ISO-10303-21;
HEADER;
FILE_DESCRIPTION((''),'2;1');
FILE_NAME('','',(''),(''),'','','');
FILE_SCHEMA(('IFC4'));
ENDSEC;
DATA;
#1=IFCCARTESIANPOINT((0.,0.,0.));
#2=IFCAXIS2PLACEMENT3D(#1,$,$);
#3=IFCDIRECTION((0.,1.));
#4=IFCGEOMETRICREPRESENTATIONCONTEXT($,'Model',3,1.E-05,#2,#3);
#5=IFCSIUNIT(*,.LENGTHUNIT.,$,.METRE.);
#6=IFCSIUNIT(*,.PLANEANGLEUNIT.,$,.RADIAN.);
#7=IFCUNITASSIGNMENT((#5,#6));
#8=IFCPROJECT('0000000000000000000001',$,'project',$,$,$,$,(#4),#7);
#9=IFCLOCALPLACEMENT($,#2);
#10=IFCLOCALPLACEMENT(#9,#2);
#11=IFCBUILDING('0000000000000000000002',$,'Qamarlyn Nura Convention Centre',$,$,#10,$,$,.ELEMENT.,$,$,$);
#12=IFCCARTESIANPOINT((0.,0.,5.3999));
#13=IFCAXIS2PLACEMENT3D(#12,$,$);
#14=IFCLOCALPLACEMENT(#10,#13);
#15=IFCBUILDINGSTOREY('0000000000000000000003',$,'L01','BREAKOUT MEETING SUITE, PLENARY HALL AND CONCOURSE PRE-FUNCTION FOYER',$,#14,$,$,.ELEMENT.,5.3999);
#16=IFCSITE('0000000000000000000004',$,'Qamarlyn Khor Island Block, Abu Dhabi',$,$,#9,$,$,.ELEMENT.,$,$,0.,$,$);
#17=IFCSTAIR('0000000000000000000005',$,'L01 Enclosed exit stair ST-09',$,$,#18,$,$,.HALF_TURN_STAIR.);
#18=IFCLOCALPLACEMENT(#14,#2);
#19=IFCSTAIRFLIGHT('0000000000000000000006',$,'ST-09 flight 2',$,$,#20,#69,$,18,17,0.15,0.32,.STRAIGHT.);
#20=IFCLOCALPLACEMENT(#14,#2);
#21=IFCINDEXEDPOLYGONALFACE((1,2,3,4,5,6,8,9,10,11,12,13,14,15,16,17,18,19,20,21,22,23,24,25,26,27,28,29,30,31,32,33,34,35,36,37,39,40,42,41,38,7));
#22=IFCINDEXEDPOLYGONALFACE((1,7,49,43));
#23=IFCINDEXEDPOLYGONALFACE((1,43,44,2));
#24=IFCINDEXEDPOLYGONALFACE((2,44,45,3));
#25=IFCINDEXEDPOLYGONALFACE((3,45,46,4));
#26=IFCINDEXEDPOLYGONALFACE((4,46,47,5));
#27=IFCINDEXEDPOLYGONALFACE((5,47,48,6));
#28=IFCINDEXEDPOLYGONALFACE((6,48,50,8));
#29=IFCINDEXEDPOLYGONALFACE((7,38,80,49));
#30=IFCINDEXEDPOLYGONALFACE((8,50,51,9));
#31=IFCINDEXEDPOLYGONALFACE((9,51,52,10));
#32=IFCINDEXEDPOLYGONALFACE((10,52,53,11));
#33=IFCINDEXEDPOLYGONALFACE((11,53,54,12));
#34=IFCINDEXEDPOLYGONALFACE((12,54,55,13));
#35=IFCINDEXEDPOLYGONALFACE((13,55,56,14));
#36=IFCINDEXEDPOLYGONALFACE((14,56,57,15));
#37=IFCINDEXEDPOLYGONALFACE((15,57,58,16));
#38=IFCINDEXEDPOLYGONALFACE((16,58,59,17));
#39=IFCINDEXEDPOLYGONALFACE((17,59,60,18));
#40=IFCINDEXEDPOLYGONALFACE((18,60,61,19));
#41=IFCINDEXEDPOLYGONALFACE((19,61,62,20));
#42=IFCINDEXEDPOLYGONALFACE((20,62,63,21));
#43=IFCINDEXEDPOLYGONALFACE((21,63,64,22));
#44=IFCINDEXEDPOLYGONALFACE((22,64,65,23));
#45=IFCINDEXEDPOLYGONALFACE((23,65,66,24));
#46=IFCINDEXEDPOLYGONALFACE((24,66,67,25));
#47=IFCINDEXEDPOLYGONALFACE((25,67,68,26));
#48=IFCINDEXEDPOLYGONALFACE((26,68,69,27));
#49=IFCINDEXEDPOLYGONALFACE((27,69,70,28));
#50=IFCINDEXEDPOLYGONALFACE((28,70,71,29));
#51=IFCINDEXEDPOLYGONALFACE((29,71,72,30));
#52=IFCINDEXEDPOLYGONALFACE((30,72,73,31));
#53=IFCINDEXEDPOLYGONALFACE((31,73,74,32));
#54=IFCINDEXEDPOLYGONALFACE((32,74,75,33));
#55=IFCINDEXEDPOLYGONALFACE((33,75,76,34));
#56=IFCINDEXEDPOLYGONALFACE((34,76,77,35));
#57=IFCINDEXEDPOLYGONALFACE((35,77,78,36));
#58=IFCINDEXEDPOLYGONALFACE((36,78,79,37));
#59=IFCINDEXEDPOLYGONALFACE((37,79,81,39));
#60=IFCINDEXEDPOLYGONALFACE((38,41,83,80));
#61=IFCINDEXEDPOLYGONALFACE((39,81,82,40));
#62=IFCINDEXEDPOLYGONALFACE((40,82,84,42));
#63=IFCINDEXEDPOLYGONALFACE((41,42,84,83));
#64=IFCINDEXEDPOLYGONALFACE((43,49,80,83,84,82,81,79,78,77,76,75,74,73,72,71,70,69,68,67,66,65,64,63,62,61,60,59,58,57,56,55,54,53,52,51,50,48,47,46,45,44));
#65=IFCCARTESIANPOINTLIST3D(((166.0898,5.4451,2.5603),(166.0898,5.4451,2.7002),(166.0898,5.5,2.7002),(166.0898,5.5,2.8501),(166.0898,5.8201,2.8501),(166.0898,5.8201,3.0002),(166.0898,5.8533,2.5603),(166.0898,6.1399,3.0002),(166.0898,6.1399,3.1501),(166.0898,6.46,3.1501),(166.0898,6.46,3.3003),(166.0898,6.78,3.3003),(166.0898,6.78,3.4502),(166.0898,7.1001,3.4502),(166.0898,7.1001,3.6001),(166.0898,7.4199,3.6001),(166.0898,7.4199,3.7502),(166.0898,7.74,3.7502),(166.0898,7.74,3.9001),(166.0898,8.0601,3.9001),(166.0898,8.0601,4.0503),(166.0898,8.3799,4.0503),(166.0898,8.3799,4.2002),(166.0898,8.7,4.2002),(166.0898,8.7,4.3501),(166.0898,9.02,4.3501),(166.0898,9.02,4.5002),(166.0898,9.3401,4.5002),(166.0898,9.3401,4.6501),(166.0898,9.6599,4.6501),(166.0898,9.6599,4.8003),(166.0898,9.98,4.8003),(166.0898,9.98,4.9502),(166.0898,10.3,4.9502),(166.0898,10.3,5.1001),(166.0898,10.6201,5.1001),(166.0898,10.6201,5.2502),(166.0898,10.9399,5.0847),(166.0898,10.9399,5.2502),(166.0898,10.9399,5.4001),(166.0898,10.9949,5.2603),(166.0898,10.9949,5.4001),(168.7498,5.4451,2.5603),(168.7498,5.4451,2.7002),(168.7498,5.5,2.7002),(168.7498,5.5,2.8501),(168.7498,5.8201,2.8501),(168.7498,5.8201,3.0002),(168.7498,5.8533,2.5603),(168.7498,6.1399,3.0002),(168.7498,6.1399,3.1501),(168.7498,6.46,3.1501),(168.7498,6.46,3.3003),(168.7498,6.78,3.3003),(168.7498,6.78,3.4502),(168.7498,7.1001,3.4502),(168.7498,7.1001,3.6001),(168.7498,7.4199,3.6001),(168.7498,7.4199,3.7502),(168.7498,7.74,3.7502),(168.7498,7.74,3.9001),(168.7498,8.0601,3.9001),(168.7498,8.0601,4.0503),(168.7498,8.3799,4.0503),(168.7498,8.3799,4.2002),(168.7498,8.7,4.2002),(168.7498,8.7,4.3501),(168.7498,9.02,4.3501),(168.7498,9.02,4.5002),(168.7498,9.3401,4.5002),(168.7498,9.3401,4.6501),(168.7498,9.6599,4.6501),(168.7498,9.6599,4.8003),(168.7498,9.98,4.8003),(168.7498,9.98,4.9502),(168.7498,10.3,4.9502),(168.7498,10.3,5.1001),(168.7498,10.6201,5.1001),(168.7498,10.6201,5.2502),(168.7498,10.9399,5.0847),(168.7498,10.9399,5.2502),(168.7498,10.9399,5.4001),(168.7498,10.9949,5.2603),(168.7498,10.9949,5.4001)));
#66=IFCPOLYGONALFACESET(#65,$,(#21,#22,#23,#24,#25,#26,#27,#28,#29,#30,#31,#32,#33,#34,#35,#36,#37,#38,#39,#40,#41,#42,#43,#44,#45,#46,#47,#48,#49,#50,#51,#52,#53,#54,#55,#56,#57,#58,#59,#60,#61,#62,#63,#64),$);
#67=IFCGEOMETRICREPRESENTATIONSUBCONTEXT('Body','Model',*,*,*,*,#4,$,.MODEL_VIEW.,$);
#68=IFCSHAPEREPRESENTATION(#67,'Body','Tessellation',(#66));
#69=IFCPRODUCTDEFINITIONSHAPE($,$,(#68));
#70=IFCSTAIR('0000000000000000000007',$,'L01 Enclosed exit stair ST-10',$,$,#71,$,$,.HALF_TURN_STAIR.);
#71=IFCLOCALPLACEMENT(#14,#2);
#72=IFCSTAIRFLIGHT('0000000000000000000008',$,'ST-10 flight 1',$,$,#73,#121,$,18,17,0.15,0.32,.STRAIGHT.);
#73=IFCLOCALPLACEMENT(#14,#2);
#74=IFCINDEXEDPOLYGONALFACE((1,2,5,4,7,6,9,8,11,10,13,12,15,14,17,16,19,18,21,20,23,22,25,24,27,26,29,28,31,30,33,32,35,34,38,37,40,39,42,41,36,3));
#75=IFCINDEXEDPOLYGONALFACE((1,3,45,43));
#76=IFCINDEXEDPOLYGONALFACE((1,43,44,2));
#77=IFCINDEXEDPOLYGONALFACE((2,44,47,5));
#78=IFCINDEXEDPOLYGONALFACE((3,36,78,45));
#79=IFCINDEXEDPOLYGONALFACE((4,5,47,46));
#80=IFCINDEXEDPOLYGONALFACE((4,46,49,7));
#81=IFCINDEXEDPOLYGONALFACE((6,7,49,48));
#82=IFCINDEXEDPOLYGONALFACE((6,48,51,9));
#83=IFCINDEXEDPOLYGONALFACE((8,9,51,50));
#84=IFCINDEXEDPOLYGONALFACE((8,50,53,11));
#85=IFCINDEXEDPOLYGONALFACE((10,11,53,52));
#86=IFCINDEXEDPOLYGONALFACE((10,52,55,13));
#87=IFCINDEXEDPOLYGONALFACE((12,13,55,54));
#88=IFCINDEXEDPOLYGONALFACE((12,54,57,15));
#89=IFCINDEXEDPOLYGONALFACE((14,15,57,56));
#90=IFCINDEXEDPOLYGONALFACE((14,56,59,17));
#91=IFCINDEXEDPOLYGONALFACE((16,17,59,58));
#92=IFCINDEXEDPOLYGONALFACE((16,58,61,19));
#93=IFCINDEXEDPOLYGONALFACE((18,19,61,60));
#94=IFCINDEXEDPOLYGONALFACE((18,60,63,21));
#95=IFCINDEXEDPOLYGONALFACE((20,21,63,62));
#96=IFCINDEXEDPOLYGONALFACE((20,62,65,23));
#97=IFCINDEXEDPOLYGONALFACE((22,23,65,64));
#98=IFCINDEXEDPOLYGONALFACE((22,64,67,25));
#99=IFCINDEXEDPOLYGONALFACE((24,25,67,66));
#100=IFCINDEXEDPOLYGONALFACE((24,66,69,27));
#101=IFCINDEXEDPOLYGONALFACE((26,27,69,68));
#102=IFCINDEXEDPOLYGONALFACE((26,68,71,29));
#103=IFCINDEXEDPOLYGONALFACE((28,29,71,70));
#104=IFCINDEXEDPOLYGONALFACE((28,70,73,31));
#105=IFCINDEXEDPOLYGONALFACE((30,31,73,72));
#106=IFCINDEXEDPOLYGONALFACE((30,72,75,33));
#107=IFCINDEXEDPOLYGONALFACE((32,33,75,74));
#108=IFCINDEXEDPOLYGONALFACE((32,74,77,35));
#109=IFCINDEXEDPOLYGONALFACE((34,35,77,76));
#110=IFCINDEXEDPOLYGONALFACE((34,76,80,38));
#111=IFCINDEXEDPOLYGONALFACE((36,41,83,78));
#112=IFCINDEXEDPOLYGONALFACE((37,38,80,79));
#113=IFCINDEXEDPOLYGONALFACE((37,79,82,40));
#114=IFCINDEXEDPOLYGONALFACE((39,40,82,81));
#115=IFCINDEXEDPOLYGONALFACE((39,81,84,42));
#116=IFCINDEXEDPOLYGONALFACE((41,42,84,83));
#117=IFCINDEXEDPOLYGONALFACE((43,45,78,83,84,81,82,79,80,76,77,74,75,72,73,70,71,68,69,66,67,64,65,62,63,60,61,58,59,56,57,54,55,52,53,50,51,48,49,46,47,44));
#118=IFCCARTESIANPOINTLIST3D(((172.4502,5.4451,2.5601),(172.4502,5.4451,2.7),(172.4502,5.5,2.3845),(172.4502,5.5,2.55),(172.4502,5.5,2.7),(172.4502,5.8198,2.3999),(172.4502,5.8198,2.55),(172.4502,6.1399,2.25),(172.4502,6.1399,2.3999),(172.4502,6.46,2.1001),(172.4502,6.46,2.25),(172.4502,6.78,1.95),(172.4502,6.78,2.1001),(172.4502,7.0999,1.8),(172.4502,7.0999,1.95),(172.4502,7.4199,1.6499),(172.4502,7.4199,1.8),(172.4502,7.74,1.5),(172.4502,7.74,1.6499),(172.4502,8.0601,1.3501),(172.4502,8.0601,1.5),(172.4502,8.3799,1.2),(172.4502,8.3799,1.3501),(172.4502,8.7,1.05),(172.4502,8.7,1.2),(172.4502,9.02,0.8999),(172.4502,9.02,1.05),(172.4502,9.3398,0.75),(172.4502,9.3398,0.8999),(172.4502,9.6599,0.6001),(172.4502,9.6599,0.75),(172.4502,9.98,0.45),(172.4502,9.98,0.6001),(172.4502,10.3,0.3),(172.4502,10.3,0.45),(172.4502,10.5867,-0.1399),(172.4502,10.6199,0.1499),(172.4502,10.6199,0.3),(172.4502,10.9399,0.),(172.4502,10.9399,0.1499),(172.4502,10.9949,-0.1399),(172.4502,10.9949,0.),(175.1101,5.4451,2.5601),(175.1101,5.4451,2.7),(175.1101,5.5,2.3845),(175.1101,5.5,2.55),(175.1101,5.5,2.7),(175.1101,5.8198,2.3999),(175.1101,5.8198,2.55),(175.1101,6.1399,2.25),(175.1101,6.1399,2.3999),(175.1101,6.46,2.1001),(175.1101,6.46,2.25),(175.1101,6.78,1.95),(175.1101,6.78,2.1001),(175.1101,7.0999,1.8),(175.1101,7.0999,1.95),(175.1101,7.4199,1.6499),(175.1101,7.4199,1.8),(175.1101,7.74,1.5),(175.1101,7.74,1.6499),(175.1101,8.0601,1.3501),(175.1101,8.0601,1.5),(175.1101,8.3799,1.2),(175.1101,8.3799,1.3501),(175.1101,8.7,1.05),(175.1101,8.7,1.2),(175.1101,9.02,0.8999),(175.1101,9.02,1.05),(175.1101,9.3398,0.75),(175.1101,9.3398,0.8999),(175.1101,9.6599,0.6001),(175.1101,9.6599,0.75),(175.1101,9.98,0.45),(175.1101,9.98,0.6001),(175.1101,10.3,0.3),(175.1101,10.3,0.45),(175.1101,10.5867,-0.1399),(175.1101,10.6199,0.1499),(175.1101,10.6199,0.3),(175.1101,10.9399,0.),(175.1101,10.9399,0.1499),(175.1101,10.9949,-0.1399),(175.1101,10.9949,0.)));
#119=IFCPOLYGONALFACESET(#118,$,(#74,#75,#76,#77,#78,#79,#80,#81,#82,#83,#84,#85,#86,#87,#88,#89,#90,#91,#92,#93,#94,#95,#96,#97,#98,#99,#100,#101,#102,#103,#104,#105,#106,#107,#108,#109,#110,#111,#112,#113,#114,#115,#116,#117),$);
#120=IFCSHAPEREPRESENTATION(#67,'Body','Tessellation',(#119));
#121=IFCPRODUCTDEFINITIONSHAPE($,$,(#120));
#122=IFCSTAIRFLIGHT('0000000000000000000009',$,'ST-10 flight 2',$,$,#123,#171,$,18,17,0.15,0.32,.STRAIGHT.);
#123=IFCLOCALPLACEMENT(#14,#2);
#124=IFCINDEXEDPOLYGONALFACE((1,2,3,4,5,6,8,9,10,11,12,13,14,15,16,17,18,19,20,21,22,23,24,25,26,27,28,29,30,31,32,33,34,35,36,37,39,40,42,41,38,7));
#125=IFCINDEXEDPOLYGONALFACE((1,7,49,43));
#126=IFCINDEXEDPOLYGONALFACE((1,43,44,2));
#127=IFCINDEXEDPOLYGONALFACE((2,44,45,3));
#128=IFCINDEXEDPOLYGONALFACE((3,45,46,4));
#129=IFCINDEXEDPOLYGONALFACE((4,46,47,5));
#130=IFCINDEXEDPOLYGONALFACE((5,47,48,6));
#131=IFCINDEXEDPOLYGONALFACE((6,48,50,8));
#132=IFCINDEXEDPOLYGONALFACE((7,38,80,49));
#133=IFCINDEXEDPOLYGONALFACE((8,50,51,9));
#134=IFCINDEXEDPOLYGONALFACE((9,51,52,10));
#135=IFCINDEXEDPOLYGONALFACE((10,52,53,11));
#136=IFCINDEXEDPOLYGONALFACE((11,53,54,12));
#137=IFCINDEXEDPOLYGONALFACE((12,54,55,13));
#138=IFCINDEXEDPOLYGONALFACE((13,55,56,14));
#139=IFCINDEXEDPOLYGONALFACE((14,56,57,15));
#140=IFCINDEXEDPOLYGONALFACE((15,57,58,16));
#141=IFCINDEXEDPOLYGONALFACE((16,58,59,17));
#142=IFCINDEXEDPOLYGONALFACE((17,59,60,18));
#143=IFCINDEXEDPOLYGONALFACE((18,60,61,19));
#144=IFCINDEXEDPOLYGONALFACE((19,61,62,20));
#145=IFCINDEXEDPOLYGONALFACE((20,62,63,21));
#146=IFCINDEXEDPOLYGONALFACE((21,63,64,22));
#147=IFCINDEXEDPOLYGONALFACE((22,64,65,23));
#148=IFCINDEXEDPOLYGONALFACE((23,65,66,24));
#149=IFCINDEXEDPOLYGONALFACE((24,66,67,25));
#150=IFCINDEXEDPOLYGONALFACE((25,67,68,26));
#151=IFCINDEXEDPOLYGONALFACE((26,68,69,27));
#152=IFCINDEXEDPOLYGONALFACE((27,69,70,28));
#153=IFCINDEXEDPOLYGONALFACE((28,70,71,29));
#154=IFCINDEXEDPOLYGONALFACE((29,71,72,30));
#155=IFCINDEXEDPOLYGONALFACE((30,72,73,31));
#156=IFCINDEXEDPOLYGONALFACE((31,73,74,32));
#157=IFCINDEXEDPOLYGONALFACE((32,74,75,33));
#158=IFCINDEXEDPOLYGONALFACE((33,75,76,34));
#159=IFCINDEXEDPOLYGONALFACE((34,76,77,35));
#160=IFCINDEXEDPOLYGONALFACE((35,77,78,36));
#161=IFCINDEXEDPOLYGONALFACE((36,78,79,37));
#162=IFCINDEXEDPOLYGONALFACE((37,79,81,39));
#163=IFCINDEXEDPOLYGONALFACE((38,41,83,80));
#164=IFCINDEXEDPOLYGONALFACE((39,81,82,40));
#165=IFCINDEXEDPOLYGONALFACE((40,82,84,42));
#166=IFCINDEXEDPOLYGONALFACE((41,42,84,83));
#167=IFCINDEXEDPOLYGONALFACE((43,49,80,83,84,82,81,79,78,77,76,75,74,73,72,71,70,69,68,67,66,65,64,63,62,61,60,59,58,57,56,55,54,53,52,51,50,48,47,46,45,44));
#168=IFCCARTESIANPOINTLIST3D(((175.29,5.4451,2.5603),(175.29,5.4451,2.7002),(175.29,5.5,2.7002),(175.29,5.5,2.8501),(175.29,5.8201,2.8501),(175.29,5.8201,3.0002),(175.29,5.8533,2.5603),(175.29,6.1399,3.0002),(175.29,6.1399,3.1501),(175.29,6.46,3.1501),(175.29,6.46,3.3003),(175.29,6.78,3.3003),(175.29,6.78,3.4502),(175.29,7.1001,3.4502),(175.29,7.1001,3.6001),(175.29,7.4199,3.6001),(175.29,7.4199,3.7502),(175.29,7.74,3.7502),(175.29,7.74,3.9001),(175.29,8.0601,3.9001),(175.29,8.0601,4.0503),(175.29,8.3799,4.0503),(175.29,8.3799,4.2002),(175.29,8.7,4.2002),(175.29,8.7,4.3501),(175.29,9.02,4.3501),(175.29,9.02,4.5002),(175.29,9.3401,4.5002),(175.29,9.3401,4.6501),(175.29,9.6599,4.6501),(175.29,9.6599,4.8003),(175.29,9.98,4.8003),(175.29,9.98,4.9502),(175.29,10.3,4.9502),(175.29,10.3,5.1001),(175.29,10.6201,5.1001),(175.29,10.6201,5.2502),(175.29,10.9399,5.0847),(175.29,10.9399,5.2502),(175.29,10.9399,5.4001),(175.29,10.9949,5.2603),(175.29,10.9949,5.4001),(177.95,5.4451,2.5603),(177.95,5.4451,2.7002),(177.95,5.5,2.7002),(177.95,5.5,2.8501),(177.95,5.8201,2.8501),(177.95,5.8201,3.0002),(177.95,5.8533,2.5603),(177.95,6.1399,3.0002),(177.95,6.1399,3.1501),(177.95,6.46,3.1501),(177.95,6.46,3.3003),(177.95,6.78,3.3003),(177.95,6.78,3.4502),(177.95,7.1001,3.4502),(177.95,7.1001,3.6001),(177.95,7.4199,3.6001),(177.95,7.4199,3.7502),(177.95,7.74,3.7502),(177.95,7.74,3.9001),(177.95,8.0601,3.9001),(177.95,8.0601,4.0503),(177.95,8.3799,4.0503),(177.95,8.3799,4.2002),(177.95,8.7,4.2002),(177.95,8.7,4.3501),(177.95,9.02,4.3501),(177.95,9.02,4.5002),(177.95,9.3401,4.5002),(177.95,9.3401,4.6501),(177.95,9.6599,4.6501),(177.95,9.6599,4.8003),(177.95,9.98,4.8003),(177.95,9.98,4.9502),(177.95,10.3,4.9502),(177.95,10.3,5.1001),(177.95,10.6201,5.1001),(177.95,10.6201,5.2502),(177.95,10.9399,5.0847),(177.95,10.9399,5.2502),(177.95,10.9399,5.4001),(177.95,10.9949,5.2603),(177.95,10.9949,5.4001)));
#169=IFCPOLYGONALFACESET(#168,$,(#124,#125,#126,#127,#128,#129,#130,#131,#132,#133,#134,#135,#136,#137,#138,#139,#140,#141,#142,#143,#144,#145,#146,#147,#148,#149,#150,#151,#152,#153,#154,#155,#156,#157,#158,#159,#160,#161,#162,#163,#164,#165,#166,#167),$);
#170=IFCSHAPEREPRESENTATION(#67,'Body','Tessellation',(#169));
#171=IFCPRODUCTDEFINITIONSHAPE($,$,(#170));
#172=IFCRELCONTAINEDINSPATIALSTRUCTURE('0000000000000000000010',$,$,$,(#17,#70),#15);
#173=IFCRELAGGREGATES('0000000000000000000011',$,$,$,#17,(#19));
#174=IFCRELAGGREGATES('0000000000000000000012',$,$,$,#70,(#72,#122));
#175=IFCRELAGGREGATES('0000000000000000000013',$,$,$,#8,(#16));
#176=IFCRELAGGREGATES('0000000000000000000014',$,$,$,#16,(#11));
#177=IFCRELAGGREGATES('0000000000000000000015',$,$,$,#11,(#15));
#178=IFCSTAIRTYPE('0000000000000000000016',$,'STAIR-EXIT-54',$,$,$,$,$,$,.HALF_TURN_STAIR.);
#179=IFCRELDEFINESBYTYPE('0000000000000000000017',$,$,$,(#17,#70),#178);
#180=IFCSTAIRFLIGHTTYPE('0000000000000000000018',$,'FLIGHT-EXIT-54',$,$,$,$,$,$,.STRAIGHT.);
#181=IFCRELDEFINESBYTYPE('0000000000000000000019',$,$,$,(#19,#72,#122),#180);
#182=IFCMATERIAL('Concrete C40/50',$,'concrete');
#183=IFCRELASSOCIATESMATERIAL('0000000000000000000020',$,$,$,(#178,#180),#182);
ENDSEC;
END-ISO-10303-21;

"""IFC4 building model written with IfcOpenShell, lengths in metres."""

from ifc_helpers import new_model, si_unit, direction, frame, origin, place, context, subcontext, project, spatial, polyline, outline, extrude, material, type_object, element, aggregate, save


model = new_model("IFC4")

# Units and contexts
model_context = context("Model", 3, precision=1e-05, world=origin(), true_north=direction((0.0, 1.0)))
body_context = subcontext(model_context, "Body", "Model", "MODEL_VIEW")
ifc_project = project(units=[si_unit("LENGTHUNIT", "METRE"), si_unit("PLANEANGLEUNIT", "RADIAN")], contexts=[model_context])

# Site, building, storey
site_placement = place(None, origin())
site = spatial("IfcSite", under=ifc_project, at=site_placement, Name="Qamarlyn Khor Island Block, Abu Dhabi", CompositionType="ELEMENT", RefElevation=0.0)
building_placement = place(site_placement, origin())
building = spatial("IfcBuilding", under=site, at=building_placement, Name="Qamarlyn Nura Convention Centre", CompositionType="ELEMENT")
storey_placement = place(building_placement, frame((0.0, 0.0, 5.3999)))
storey = spatial("IfcBuildingStorey", under=building, at=storey_placement, Name="L01", Description="BREAKOUT MEETING SUITE, PLENARY HALL AND CONCOURSE PRE-FUNCTION FOYER", CompositionType="ELEMENT", Elevation=5.3999)

# Stair, stair flight
ifc_material_1 = material(Name="Concrete C40/50", Category="concrete")
stair_type = type_object("IfcStairType", Name="STAIR-EXIT-54", PredefinedType="HALF_TURN_STAIR", material=ifc_material_1)
stair_1_placement = place(storey_placement, origin())
stair_1 = element("IfcStair", 1, at=stair_1_placement, inside=storey, type_object=stair_type, Name="L01 Enclosed exit stair ST-09", PredefinedType="HALF_TURN_STAIR")
stair_flight_type = type_object("IfcStairFlightType", Name="FLIGHT-EXIT-54", PredefinedType="STRAIGHT", material=ifc_material_1)
stair_flight_1_placement = place(storey_placement, frame((167.4199, 5.5, 2.7002), z_axis=(0.0, 0.0, 1.0), x_axis=(0.0, 1.0, 0.0)))
stair_flight_1 = element("IfcStairFlight", 2, at=stair_flight_1_placement, type_object=stair_flight_type, Name="ST-09 flight 2", NumberOfRisers=18, NumberOfTreads=17, PredefinedType="STRAIGHT", RiserHeight=0.15, TreadLength=0.32, context=body_context, shape_type="SweptSolid", body=[
    extrude(outline(polyline([(-0.0549, 0.0), (0.0, 0.0), (0.0, 0.1499), (0.3201, 0.1499), (0.3201, 0.3), (0.6399, 0.3), (0.6399, 0.45), (0.96, 0.45), (0.96, 0.6001), (1.28, 0.6001), (1.28, 0.75), (1.6001, 0.75), (1.6001, 0.8999), (1.9199, 0.8999), (1.9199, 1.05), (2.24, 1.05), (2.24, 1.2), (2.5601, 1.2), (2.5601, 1.3501), (2.8799, 1.3501), (2.8799, 1.5), (3.2, 1.5), (3.2, 1.6499), (3.52, 1.6499), (3.52, 1.8), (3.8401, 1.8), (3.8401, 1.95), (4.1599, 1.95), (4.1599, 2.1001), (4.48, 2.1001), (4.48, 2.25), (4.8, 2.25), (4.8, 2.3999), (5.1201, 2.3999), (5.1201, 2.55), (5.4399, 2.55), (5.4399, 2.7), (5.4949, 2.7), (5.4949, 2.5601), (5.4399, 2.3845), (0.3533, -0.1399), (-0.0549, -0.1399), (-0.0549, 0.0)])), frame((0.0, 1.3301, 0.0), z_axis=(0.0, -1.0, 0.0), x_axis=(1.0, 0.0, 0.0)), (0.0, 0.0, 1.0), 2.6599),
])
aggregate(stair_1, [stair_flight_1])

# Stair, stair flights
stair_2_placement = place(storey_placement, origin())
stair_2 = element("IfcStair", 3, at=stair_2_placement, inside=storey, type_object=stair_type, Name="L01 Enclosed exit stair ST-10", PredefinedType="HALF_TURN_STAIR")
stair_flight_2_placement = place(storey_placement, frame((173.78, 10.9399, 0.0), z_axis=(0.0, 0.0, 1.0), x_axis=(0.0, -1.0, 0.0)))
stair_flight_2 = element("IfcStairFlight", 4, at=stair_flight_2_placement, type_object=stair_flight_type, Name="ST-10 flight 1", NumberOfRisers=18, NumberOfTreads=17, PredefinedType="STRAIGHT", RiserHeight=0.15, TreadLength=0.32, context=body_context, shape_type="SweptSolid", body=[
    extrude(outline(polyline([(-0.0549, 0.0), (0.0, 0.0), (0.0, 0.1499), (0.3201, 0.1499), (0.3201, 0.3), (0.6399, 0.3), (0.6399, 0.45), (0.96, 0.45), (0.96, 0.6001), (1.28, 0.6001), (1.28, 0.75), (1.6001, 0.75), (1.6001, 0.8999), (1.9199, 0.8999), (1.9199, 1.05), (2.24, 1.05), (2.24, 1.2), (2.5601, 1.2), (2.5601, 1.3501), (2.8799, 1.3501), (2.8799, 1.5), (3.2, 1.5), (3.2, 1.6499), (3.52, 1.6499), (3.52, 1.8), (3.8401, 1.8), (3.8401, 1.95), (4.1599, 1.95), (4.1599, 2.1001), (4.48, 2.1001), (4.48, 2.25), (4.8, 2.25), (4.8, 2.3999), (5.1201, 2.3999), (5.1201, 2.55), (5.4399, 2.55), (5.4399, 2.7), (5.4949, 2.7), (5.4949, 2.5601), (5.4399, 2.3845), (0.3533, -0.1399), (-0.0549, -0.1399), (-0.0549, 0.0)])), frame((0.0, 1.3301, 0.0), z_axis=(0.0, -1.0, 0.0), x_axis=(1.0, 0.0, 0.0)), (0.0, 0.0, 1.0), 2.6599),
])
stair_flight_3_placement = place(storey_placement, frame((176.6201, 5.5, 2.7002), z_axis=(0.0, 0.0, 1.0), x_axis=(0.0, 1.0, 0.0)))
stair_flight_3 = element("IfcStairFlight", 5, at=stair_flight_3_placement, type_object=stair_flight_type, Name="ST-10 flight 2", NumberOfRisers=18, NumberOfTreads=17, PredefinedType="STRAIGHT", RiserHeight=0.15, TreadLength=0.32, context=body_context, shape_type="SweptSolid", body=[
    extrude(outline(polyline([(-0.0549, 0.0), (0.0, 0.0), (0.0, 0.1499), (0.3201, 0.1499), (0.3201, 0.3), (0.6399, 0.3), (0.6399, 0.45), (0.96, 0.45), (0.96, 0.6001), (1.28, 0.6001), (1.28, 0.75), (1.6001, 0.75), (1.6001, 0.8999), (1.9199, 0.8999), (1.9199, 1.05), (2.24, 1.05), (2.24, 1.2), (2.5601, 1.2), (2.5601, 1.3501), (2.8799, 1.3501), (2.8799, 1.5), (3.2, 1.5), (3.2, 1.6499), (3.52, 1.6499), (3.52, 1.8), (3.8401, 1.8), (3.8401, 1.95), (4.1599, 1.95), (4.1599, 2.1001), (4.48, 2.1001), (4.48, 2.25), (4.8, 2.25), (4.8, 2.3999), (5.1201, 2.3999), (5.1201, 2.55), (5.4399, 2.55), (5.4399, 2.7), (5.4949, 2.7), (5.4949, 2.5601), (5.4399, 2.3845), (0.3533, -0.1399), (-0.0549, -0.1399), (-0.0549, 0.0)])), frame((0.0, 1.3301, 0.0), z_axis=(0.0, -1.0, 0.0), x_axis=(1.0, 0.0, 0.0)), (0.0, 0.0, 1.0), 2.6599),
])
aggregate(stair_2, [stair_flight_2, stair_flight_3])

save(model, "model.ifc")
